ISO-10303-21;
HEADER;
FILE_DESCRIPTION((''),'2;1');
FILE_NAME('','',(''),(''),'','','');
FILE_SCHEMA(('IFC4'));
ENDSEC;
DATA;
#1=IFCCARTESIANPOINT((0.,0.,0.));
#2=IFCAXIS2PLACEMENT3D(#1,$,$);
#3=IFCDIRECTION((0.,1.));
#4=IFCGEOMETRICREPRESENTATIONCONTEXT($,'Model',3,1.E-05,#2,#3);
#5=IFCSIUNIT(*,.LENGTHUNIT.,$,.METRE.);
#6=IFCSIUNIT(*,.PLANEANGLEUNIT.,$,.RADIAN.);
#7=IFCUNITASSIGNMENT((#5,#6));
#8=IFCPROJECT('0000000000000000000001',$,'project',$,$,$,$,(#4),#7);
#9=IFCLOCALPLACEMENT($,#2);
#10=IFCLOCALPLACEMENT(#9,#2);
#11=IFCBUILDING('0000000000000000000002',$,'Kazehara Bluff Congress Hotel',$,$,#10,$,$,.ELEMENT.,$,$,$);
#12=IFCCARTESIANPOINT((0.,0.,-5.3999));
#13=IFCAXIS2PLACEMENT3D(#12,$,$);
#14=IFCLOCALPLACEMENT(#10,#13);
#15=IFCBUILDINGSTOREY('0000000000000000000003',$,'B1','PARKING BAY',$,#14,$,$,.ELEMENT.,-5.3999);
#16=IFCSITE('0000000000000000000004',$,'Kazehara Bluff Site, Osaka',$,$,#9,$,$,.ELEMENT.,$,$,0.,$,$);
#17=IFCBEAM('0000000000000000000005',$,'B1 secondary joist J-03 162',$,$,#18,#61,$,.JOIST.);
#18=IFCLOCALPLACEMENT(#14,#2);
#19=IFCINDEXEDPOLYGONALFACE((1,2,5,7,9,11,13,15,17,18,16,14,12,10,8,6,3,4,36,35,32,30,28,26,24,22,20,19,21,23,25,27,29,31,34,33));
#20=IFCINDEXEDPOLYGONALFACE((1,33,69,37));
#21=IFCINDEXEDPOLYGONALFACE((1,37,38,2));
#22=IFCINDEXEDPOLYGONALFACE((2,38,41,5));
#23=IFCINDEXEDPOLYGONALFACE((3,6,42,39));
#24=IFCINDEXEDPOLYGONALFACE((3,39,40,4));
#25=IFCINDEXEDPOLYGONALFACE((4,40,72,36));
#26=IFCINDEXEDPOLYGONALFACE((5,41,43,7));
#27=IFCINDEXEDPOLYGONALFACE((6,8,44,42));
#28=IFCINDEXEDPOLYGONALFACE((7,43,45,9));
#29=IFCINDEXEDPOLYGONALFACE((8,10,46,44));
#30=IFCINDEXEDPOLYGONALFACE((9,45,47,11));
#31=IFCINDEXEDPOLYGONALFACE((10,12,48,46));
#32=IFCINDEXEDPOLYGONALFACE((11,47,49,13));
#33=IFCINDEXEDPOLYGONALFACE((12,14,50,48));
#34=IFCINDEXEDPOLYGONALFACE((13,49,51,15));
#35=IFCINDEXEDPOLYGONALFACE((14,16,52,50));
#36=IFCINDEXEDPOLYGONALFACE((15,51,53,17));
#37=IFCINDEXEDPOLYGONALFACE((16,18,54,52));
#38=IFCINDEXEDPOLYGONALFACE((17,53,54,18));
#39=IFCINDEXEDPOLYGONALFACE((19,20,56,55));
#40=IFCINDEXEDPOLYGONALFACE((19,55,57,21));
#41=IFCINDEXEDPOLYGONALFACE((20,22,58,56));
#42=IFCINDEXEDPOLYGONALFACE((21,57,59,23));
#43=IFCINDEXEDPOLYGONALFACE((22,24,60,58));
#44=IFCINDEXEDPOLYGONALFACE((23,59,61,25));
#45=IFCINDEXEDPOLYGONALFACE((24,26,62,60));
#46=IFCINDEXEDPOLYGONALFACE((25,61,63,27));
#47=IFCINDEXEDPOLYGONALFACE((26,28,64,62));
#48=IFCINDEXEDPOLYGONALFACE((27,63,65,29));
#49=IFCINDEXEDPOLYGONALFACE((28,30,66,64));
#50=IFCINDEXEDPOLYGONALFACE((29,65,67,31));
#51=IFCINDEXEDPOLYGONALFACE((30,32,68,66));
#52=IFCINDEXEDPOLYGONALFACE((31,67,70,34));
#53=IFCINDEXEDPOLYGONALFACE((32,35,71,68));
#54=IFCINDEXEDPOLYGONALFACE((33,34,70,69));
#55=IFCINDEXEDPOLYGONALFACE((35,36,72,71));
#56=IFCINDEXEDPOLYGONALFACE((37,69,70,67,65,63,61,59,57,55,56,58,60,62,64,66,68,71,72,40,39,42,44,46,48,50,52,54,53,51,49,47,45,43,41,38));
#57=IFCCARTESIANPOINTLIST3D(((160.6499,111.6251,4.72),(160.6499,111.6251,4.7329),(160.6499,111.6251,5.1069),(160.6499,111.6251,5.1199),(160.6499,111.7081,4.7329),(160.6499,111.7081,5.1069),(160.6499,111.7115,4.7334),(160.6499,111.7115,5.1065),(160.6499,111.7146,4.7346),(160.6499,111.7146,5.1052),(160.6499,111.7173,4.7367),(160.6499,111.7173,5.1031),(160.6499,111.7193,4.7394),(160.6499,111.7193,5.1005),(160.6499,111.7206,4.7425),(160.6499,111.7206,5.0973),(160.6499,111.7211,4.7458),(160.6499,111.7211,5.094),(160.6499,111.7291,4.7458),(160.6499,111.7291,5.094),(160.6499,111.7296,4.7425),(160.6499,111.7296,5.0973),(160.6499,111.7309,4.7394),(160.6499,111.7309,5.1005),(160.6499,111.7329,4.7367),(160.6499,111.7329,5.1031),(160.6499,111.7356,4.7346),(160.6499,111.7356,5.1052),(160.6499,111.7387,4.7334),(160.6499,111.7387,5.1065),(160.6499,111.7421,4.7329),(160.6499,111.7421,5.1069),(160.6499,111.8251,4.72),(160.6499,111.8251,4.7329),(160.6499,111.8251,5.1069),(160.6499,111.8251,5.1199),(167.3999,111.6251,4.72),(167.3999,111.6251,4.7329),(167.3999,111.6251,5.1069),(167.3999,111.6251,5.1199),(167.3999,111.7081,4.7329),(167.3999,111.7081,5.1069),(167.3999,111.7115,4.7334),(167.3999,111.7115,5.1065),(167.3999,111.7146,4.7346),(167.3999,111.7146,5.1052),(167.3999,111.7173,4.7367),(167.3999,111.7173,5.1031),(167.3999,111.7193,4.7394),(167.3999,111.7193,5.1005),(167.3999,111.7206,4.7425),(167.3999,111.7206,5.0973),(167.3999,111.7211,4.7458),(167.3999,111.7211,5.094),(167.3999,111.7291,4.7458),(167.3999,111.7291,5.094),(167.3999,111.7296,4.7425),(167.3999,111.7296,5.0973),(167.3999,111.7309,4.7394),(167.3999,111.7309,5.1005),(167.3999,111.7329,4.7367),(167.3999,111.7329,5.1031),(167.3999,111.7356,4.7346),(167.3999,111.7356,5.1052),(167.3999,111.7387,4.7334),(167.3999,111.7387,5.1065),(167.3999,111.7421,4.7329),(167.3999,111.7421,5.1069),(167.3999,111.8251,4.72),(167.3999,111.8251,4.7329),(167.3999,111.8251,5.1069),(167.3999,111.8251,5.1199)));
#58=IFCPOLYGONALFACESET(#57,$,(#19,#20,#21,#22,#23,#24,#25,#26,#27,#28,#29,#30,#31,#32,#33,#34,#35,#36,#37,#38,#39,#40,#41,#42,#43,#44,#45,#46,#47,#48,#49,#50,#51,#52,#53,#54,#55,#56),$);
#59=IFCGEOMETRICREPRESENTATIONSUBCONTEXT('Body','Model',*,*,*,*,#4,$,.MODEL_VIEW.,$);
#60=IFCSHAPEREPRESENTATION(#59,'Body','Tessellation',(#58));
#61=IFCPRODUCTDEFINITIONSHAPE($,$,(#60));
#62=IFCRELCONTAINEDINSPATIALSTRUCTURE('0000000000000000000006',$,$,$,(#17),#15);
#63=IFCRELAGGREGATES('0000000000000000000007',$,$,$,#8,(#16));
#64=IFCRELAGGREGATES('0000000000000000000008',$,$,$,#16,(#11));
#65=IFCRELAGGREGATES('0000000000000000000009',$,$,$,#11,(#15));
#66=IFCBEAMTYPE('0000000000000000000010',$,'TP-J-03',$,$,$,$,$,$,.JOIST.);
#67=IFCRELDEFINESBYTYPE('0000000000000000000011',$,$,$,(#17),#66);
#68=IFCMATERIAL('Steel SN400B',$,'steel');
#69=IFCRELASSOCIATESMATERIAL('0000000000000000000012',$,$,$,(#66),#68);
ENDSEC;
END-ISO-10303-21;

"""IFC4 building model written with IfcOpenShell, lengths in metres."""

from ifc_helpers import new_model, si_unit, direction, frame, origin, origin_2d, place, context, subcontext, project, spatial, i_section, extrude, material, material_profile, profile_set, type_object, element, save


model = new_model("IFC4")

# Units and contexts
model_context = context("Model", 3, precision=1e-05, world=origin(), true_north=direction((0.0, 1.0)))
body_context = subcontext(model_context, "Body", "Model", "MODEL_VIEW")
ifc_project = project(units=[si_unit("LENGTHUNIT", "METRE"), si_unit("PLANEANGLEUNIT", "RADIAN")], contexts=[model_context])

# Site, building, storey
site_placement = place(None, origin())
site = spatial("IfcSite", under=ifc_project, at=site_placement, Name="Kazehara Bluff Site, Osaka", CompositionType="ELEMENT", RefElevation=0.0)
building_placement = place(site_placement, origin())
building = spatial("IfcBuilding", under=site, at=building_placement, Name="Kazehara Bluff Congress Hotel", CompositionType="ELEMENT")
storey_placement = place(building_placement, frame((0.0, 0.0, -5.3999)))
storey = spatial("IfcBuildingStorey", under=building, at=storey_placement, Name="B1", Description="PARKING BAY", CompositionType="ELEMENT", Elevation=-5.3999)

# Beam
ifc_material_1 = material(Name="Steel SN400B", Category="steel")
ifc_material_profile_1 = material_profile(ifc_material_1, i_section(OverallWidth=0.2, OverallDepth=0.3999, WebThickness=0.0081, FlangeThickness=0.0129, FilletRadius=0.0129, at=origin_2d()))
ifc_profile_set_1 = profile_set([ifc_material_profile_1], Name="Steel SN400B")
beam_type_1 = type_object("IfcBeamType", Name="TP-J-03", PredefinedType="JOIST", material=ifc_profile_set_1)
for number, where, z_axis, x_axis, name in (
    (1, (160.6499, 111.7251, 4.9199), (1.0, 0.0, 0.0), (0.0, 1.0, 0.0), "B1 secondary joist J-03 162"),
):
    element("IfcBeam", number, at=place(storey_placement, frame(where, z_axis=z_axis, x_axis=x_axis)), inside=storey, type_object=beam_type_1, Name=name, PredefinedType="JOIST", context=body_context, shape_type="SweptSolid", body=[
        extrude(i_section(OverallWidth=0.2, OverallDepth=0.3999, WebThickness=0.0081, FlangeThickness=0.0129, FilletRadius=0.0129, at=origin_2d()), origin(), (0.0, 0.0, 1.0), 6.75),
    ])

save(model, "model.ifc")
